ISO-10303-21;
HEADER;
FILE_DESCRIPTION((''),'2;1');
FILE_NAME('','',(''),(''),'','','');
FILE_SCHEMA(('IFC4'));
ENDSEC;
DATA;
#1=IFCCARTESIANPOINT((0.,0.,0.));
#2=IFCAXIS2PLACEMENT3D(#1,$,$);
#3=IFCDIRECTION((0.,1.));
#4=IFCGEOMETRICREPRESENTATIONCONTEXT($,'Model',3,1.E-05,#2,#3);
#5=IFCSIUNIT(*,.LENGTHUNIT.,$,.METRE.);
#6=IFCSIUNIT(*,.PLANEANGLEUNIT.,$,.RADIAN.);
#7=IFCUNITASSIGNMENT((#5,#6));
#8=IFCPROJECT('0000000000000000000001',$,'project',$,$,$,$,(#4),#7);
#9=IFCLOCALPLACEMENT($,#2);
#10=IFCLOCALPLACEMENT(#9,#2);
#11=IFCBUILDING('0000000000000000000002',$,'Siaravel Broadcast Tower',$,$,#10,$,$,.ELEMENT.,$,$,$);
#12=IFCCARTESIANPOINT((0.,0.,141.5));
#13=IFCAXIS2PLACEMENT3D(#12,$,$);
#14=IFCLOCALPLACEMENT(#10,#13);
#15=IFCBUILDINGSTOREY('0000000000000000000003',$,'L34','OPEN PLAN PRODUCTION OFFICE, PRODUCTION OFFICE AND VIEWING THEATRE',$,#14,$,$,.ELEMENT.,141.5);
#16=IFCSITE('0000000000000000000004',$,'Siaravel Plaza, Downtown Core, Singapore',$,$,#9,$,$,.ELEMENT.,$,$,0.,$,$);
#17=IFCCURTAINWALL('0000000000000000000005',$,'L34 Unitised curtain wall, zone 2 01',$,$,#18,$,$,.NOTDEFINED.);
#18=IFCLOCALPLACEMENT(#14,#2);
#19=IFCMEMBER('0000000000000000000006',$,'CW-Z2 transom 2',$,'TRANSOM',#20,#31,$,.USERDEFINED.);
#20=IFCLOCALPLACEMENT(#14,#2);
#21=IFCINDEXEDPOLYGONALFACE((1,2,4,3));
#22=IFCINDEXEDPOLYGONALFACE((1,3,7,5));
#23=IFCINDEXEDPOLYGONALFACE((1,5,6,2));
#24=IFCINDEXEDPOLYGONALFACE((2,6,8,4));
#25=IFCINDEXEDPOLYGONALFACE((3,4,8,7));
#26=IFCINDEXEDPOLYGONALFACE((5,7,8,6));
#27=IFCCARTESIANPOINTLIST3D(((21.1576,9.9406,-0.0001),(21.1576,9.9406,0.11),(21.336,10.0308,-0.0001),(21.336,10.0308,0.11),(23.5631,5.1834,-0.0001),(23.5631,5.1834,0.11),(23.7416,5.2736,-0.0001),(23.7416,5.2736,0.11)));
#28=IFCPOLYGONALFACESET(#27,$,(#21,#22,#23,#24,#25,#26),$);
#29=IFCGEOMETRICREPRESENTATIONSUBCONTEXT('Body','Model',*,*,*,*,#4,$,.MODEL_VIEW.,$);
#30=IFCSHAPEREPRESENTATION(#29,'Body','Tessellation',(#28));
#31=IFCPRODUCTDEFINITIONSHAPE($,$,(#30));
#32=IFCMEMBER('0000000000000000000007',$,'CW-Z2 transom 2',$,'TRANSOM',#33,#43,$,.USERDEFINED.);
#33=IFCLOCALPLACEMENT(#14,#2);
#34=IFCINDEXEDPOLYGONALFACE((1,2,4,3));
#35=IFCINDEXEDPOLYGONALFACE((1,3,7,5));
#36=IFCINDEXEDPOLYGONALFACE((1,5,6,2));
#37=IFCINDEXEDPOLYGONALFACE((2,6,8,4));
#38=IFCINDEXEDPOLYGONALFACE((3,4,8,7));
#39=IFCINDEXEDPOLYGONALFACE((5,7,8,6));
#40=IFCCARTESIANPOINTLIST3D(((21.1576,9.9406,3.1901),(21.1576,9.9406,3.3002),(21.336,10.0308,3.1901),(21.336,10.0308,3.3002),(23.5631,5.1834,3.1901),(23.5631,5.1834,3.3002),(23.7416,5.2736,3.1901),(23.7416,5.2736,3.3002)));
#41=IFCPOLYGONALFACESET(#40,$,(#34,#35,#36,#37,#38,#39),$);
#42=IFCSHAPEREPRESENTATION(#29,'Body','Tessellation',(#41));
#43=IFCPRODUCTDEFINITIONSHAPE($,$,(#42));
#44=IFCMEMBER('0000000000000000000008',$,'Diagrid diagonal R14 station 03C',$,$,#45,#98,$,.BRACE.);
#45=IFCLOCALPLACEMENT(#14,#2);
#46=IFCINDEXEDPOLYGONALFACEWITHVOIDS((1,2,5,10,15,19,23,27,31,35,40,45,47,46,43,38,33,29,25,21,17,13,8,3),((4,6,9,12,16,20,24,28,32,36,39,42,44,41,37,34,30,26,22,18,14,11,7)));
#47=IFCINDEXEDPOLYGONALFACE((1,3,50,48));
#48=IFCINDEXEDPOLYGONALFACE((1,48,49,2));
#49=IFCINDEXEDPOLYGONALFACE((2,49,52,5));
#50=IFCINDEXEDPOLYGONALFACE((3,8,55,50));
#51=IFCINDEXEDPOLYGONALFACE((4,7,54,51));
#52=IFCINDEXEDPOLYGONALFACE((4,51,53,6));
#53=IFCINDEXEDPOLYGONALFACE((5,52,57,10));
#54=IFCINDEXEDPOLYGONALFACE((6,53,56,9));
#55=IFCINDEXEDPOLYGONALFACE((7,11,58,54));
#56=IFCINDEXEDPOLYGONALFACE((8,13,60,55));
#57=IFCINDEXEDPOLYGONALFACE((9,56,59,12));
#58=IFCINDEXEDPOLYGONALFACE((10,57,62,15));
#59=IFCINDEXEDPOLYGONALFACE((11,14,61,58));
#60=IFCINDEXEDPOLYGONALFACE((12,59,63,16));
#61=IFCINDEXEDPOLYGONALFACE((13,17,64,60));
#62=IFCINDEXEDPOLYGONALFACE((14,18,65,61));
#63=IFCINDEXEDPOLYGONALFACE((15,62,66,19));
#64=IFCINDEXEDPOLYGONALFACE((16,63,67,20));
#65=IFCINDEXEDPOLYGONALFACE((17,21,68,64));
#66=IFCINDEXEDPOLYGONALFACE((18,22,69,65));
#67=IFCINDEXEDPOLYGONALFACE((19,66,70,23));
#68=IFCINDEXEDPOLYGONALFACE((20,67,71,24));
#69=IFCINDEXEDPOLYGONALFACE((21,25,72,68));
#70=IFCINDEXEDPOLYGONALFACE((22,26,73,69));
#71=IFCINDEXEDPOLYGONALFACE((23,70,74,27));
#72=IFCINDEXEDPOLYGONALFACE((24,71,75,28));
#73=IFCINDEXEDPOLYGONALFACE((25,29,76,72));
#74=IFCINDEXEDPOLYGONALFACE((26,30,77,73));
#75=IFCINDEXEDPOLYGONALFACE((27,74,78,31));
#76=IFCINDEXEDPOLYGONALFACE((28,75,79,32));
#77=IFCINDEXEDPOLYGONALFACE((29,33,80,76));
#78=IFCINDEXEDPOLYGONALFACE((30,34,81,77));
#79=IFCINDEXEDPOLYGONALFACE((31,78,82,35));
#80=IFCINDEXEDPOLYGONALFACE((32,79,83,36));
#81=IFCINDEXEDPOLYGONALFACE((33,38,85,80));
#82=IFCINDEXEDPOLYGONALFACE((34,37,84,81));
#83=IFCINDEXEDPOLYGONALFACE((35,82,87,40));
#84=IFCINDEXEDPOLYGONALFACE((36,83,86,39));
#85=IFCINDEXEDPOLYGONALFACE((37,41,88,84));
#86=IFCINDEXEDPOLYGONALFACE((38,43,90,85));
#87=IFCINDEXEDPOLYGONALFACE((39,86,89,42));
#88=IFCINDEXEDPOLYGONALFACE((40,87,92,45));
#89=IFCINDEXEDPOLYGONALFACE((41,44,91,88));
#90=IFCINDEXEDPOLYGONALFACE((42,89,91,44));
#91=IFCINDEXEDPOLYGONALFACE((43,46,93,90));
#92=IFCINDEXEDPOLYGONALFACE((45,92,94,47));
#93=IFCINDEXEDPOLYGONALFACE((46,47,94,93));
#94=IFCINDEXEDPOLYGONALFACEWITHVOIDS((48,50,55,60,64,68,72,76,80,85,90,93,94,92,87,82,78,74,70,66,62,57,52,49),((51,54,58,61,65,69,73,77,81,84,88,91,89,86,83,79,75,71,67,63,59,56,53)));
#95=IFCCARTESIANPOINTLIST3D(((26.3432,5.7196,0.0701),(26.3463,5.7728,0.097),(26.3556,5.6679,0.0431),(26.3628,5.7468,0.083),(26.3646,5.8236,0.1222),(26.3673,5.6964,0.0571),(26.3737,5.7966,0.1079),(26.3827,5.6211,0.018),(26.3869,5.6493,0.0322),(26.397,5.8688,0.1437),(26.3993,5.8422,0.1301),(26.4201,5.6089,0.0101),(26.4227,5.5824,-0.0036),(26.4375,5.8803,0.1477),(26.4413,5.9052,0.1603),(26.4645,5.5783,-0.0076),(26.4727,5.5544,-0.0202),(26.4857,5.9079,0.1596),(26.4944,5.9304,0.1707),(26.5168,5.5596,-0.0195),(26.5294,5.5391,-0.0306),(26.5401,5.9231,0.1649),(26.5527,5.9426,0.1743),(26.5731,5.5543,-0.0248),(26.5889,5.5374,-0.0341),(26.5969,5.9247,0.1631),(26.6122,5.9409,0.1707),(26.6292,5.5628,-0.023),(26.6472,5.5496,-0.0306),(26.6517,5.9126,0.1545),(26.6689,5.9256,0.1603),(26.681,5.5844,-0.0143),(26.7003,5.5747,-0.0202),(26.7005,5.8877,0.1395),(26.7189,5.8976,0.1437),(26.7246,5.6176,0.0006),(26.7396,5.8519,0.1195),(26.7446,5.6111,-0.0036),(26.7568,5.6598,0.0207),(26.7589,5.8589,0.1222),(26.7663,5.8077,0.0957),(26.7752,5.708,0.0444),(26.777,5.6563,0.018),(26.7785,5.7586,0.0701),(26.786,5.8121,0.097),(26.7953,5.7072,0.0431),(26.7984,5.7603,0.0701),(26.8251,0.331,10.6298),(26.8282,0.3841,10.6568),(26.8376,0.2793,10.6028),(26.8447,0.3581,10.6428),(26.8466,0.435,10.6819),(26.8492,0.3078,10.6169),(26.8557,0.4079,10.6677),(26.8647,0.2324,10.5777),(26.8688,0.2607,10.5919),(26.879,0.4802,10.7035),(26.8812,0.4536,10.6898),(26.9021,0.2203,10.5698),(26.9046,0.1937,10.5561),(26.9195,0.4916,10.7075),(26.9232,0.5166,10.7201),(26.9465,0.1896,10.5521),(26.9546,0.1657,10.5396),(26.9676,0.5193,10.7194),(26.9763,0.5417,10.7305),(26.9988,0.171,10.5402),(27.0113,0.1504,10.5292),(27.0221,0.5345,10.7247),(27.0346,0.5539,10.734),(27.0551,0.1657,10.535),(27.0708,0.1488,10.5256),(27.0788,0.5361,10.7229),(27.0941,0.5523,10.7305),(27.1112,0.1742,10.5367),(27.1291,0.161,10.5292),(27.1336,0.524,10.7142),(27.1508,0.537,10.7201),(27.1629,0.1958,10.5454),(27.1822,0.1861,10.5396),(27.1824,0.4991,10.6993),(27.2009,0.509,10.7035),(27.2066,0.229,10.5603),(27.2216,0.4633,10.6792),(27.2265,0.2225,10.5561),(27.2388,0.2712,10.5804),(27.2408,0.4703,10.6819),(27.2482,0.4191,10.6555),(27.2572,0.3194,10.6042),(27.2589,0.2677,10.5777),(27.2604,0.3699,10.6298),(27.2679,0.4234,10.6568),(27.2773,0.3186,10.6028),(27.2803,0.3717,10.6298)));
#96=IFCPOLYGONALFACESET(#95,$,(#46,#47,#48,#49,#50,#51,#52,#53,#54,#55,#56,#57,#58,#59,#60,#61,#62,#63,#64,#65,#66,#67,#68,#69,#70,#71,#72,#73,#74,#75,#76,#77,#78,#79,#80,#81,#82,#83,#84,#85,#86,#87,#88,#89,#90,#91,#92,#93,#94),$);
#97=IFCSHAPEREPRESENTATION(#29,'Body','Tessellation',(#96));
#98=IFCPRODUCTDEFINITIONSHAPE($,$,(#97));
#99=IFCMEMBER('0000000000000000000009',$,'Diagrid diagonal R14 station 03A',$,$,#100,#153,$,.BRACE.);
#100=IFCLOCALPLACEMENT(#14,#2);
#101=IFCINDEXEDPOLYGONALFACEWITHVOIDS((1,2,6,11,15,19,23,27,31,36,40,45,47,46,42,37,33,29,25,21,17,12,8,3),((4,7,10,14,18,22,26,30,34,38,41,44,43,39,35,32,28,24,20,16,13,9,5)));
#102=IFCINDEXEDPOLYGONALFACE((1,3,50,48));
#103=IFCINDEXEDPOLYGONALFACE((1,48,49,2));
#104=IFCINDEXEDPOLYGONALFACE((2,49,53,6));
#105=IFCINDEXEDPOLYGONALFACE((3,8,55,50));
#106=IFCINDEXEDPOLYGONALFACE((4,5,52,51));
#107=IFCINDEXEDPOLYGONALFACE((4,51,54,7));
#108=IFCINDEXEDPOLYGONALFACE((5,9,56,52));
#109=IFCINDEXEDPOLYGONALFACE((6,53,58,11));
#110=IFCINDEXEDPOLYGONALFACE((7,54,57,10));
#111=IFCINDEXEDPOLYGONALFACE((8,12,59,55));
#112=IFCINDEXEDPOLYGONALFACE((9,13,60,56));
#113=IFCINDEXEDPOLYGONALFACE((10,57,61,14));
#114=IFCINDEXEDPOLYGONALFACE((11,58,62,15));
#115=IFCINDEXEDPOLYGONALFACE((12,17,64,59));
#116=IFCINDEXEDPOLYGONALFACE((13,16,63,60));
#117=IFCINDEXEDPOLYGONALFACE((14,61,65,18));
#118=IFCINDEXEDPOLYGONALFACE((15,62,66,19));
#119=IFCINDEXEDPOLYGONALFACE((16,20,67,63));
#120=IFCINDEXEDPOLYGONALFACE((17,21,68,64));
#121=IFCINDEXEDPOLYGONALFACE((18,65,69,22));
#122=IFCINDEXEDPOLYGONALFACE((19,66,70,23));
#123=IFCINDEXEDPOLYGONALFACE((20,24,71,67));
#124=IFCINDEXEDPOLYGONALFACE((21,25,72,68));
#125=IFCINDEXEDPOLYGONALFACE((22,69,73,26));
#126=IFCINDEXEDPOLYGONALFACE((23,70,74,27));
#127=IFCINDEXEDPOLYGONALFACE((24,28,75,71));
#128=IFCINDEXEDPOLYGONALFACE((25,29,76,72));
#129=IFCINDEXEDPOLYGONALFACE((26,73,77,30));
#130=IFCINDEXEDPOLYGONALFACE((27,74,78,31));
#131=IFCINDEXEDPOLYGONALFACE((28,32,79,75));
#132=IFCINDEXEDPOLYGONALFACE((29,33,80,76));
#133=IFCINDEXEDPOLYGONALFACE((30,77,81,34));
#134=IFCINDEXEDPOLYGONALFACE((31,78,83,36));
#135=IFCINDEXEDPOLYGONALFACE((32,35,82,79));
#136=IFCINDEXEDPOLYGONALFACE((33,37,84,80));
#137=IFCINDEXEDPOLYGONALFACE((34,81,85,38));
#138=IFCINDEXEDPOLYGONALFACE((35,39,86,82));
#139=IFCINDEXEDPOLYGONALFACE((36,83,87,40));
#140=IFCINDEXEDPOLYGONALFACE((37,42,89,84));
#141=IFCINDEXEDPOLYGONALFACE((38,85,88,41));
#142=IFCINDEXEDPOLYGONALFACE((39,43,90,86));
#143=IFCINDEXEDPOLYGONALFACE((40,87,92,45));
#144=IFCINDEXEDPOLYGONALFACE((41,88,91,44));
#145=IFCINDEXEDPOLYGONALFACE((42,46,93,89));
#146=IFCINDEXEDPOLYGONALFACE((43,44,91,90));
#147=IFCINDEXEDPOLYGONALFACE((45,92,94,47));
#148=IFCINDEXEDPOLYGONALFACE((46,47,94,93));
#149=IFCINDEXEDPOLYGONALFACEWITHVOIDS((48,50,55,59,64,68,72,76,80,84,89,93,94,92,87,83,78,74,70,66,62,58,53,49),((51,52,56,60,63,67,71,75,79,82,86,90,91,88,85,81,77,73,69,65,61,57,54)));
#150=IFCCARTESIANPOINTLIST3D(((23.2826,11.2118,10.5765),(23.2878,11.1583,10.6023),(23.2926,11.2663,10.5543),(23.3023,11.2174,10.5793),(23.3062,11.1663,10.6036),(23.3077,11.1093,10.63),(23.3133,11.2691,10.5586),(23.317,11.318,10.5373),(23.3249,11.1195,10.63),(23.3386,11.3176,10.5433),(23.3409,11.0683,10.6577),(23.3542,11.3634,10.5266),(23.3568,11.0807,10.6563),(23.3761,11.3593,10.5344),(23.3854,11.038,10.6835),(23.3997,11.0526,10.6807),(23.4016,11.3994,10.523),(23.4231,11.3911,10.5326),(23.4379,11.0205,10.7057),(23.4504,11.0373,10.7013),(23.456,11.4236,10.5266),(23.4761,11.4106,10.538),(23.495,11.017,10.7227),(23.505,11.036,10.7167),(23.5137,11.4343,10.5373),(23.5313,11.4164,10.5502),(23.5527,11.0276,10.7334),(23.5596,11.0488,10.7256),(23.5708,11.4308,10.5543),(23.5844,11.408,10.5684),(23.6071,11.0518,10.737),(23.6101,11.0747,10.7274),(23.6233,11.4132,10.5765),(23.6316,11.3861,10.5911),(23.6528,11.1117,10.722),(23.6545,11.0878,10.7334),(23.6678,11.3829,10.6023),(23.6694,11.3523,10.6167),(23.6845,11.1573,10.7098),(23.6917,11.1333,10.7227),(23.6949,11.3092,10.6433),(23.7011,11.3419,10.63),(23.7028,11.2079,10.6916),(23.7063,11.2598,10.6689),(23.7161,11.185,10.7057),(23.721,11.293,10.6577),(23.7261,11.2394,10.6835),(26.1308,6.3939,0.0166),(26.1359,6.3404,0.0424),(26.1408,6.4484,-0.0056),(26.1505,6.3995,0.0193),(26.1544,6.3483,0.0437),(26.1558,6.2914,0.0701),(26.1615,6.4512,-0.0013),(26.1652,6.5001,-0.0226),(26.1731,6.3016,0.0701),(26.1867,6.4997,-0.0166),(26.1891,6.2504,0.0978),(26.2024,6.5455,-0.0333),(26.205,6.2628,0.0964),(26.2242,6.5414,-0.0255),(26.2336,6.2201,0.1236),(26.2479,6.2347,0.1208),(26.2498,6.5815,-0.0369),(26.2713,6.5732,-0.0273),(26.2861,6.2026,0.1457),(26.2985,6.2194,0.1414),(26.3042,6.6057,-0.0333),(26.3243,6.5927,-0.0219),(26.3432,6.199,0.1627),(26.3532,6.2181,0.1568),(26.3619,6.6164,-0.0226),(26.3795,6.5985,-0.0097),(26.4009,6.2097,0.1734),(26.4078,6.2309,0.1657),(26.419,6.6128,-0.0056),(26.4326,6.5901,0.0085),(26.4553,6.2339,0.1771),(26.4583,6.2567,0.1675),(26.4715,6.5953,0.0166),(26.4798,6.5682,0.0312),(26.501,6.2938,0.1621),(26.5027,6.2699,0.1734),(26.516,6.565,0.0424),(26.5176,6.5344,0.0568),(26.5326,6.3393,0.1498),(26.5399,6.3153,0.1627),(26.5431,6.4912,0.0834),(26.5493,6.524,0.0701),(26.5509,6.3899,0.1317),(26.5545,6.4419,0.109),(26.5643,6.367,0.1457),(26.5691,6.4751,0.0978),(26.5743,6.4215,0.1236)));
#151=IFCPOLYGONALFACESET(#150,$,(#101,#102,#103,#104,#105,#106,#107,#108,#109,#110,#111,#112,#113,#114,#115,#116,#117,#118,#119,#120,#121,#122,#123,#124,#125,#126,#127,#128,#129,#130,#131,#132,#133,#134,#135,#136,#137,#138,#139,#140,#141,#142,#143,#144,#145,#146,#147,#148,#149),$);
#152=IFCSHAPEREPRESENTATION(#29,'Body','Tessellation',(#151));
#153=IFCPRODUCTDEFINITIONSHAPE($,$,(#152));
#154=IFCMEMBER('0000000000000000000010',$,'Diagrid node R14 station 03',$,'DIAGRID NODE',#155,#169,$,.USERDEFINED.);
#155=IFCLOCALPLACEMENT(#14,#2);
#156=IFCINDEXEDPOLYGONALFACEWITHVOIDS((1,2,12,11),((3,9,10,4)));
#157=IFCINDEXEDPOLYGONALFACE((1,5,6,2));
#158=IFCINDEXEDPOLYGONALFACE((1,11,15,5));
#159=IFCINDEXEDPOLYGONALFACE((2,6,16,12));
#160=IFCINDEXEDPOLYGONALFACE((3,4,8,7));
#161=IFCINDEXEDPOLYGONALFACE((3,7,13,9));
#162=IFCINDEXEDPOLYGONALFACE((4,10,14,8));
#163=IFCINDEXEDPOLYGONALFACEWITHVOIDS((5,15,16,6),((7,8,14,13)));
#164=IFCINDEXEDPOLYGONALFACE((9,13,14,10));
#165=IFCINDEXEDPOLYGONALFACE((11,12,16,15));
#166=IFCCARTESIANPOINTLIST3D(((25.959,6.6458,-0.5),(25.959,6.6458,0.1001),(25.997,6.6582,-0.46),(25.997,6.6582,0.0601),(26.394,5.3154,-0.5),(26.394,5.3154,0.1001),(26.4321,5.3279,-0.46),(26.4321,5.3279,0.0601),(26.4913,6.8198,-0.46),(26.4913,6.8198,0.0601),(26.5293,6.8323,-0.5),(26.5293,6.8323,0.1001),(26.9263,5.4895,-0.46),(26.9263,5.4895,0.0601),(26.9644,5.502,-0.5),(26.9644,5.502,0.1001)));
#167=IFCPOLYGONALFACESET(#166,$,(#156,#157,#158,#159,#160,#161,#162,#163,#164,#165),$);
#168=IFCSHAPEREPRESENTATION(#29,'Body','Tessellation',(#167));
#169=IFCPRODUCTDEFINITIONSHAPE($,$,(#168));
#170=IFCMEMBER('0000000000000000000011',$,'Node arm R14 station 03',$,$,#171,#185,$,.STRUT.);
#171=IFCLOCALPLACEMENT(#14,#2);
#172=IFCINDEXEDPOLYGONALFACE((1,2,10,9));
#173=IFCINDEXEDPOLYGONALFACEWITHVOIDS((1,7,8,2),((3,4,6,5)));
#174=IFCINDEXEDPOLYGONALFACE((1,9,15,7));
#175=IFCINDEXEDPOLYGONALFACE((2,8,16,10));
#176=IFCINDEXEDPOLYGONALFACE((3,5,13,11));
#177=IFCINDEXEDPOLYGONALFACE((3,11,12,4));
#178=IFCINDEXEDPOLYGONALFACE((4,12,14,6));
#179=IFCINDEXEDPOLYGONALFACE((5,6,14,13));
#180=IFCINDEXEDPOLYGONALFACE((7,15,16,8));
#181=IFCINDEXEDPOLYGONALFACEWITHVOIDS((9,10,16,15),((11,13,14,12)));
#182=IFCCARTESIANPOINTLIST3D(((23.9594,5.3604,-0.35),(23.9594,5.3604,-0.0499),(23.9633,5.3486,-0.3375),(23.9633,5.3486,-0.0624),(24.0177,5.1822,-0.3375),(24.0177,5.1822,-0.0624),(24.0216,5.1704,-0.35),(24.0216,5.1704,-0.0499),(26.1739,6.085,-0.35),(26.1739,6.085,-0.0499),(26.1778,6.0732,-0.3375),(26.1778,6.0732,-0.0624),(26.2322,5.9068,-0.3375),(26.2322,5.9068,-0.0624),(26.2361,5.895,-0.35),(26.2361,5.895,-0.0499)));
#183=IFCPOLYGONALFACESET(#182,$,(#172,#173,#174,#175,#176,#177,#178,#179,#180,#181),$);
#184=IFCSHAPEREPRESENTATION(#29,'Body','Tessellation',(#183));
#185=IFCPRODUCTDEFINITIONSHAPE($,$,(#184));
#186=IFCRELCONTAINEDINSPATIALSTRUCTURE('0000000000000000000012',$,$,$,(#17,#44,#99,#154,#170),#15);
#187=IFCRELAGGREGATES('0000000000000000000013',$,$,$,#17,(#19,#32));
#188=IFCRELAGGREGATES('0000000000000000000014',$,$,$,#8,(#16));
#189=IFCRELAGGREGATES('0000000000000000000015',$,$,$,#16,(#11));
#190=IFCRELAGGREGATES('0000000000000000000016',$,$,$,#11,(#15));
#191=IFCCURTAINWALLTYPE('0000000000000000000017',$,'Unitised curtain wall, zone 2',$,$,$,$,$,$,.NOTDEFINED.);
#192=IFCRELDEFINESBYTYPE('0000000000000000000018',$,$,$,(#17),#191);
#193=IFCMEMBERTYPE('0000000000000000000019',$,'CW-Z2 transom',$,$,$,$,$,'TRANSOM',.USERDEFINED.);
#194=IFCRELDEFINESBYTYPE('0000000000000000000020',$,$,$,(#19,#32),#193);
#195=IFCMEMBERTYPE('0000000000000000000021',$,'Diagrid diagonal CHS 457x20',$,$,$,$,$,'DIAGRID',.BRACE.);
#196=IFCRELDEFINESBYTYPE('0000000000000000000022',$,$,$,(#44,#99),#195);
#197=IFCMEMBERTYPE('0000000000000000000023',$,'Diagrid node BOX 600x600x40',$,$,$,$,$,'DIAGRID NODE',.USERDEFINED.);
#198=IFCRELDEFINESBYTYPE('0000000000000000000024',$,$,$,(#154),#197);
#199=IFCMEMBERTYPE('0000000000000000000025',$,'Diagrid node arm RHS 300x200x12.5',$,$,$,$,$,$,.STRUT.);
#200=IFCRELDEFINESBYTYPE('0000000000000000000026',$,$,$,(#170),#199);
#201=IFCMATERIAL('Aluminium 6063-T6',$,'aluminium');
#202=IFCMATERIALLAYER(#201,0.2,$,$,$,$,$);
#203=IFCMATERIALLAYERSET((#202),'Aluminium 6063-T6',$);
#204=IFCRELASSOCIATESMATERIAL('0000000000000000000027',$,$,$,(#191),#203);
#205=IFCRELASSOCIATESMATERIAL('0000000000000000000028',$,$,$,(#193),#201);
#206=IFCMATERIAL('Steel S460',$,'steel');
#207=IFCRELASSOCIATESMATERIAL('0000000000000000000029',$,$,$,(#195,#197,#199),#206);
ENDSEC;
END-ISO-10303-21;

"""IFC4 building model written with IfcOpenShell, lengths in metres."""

from ifc_helpers import new_model, si_unit, direction, frame, origin, origin_2d, place, context, subcontext, project, spatial, rectangle, hollow_rectangle, hollow_circle, extrude, material, layer, layer_set, material_profile, profile_set, type_object, element, aggregate, save


model = new_model("IFC4")

# Units and contexts
model_context = context("Model", 3, precision=1e-05, world=origin(), true_north=direction((0.0, 1.0)))
body_context = subcontext(model_context, "Body", "Model", "MODEL_VIEW")
ifc_project = project(units=[si_unit("LENGTHUNIT", "METRE"), si_unit("PLANEANGLEUNIT", "RADIAN")], contexts=[model_context])

# Site, building, storey
site_placement = place(None, origin())
site = spatial("IfcSite", under=ifc_project, at=site_placement, Name="Siaravel Plaza, Downtown Core, Singapore", CompositionType="ELEMENT", RefElevation=0.0)
building_placement = place(site_placement, origin())
building = spatial("IfcBuilding", under=site, at=building_placement, Name="Siaravel Broadcast Tower", CompositionType="ELEMENT")
storey_placement = place(building_placement, frame((0.0, 0.0, 141.5)))
storey = spatial("IfcBuildingStorey", under=building, at=storey_placement, Name="L34", Description="OPEN PLAN PRODUCTION OFFICE, PRODUCTION OFFICE AND VIEWING THEATRE", CompositionType="ELEMENT", Elevation=141.5)

# Curtain wall, members
ifc_material_1 = material(Name="Aluminium 6063-T6", Category="aluminium")
ifc_layer_1 = layer(ifc_material_1, 0.2)
ifc_layer_set_1 = layer_set([ifc_layer_1], Name="Aluminium 6063-T6")
curtain_wall_type = type_object("IfcCurtainWallType", Name="Unitised curtain wall, zone 2", PredefinedType="NOTDEFINED", material=ifc_layer_set_1)
curtain_wall_placement = place(storey_placement, origin())
curtain_wall = element("IfcCurtainWall", 1, at=curtain_wall_placement, inside=storey, type_object=curtain_wall_type, Name="L34 Unitised curtain wall, zone 2 01", PredefinedType="NOTDEFINED")
ifc_material_profile_1 = material_profile(ifc_material_1, rectangle(XDim=0.2, YDim=0.1101, at=origin_2d()))
ifc_profile_set_1 = profile_set([ifc_material_profile_1], Name="Aluminium 6063-T6")
member_type_1 = type_object("IfcMemberType", Name="CW-Z2 transom", ElementType="TRANSOM", PredefinedType="USERDEFINED", material=ifc_profile_set_1)
member_1_placement = place(storey_placement, frame((23.6523, 5.2285, 0.0549), z_axis=(-0.451258, 0.892394, 0.0), x_axis=(-0.892394, -0.451258, 0.0)))
member_1 = element("IfcMember", 2, at=member_1_placement, type_object=member_type_1, Name="CW-Z2 transom 2", ObjectType="TRANSOM", PredefinedType="USERDEFINED", context=body_context, shape_type="SweptSolid", body=[
    extrude(rectangle(XDim=0.2, YDim=0.1101, at=origin_2d()), origin(), (0.0, 0.0, 1.0), 5.3308),
])
member_2_placement = place(storey_placement, frame((23.6523, 5.2285, 3.2451), z_axis=(-0.451258, 0.892394, 0.0), x_axis=(-0.892394, -0.451258, 0.0)))
member_2 = element("IfcMember", 3, at=member_2_placement, type_object=member_type_1, Name="CW-Z2 transom 2", ObjectType="TRANSOM", PredefinedType="USERDEFINED", context=body_context, shape_type="SweptSolid", body=[
    extrude(rectangle(XDim=0.2, YDim=0.1101, at=origin_2d()), origin(), (0.0, 0.0, 1.0), 5.3308),
])

# Members
ifc_material_2 = material(Name="Steel S460", Category="steel")
ifc_material_profile_2 = material_profile(ifc_material_2, hollow_circle(Radius=0.2285, WallThickness=0.02, at=origin_2d()))
ifc_profile_set_2 = profile_set([ifc_material_profile_2], Name="Steel S460")
member_type_2 = type_object("IfcMemberType", Name="Diagrid diagonal CHS 457x20", ElementType="DIAGRID", PredefinedType="BRACE", material=ifc_profile_set_2)
member_3_placement = place(storey_placement, frame((26.5708, 5.74, 0.0701), z_axis=(0.040618, -0.454163, 0.889992), x_axis=(0.996025, 0.089079, 0.0)))
element("IfcMember", 4, at=member_3_placement, inside=storey, type_object=member_type_2, Name="Diagrid diagonal R14 station 03C", PredefinedType="BRACE", context=body_context, shape_type="SweptSolid", body=[
    extrude(hollow_circle(Radius=0.2285, WallThickness=0.02, at=origin_2d()), origin(), (0.0, 0.0, 1.0), 11.865),
])
member_4_placement = place(storey_placement, frame((26.3525, 6.4077, 0.0701), z_axis=(-0.238313, 0.403125, 0.883571), x_axis=(-0.860831, -0.508891, 0.0)))
element("IfcMember", 5, at=member_4_placement, inside=storey, type_object=member_type_2, Name="Diagrid diagonal R14 station 03A", PredefinedType="BRACE", context=body_context, shape_type="SweptSolid", body=[
    extrude(hollow_circle(Radius=0.2285, WallThickness=0.02, at=origin_2d()), origin(), (0.0, 0.0, 1.0), 11.9514),
])
ifc_material_profile_3 = material_profile(ifc_material_2, hollow_rectangle(XDim=0.6001, YDim=0.6001, WallThickness=0.04, at=origin_2d()))
ifc_profile_set_3 = profile_set([ifc_material_profile_3], Name="Steel S460")
member_type_3 = type_object("IfcMemberType", Name="Diagrid node BOX 600x600x40", ElementType="DIAGRID NODE", PredefinedType="USERDEFINED", material=ifc_profile_set_3)
member_5_placement = place(storey_placement, frame((26.6792, 5.4087, -0.2), z_axis=(-0.310833, 0.950465, 0.0), x_axis=(-0.950465, -0.310833, 0.0)))
element("IfcMember", 6, at=member_5_placement, inside=storey, type_object=member_type_3, Name="Diagrid node R14 station 03", ObjectType="DIAGRID NODE", PredefinedType="USERDEFINED", context=body_context, shape_type="SweptSolid", body=[
    extrude(hollow_rectangle(XDim=0.6001, YDim=0.6001, WallThickness=0.04, at=origin_2d()), origin(), (0.0, 0.0, 1.0), 1.3997),
])
ifc_material_profile_4 = material_profile(ifc_material_2, hollow_rectangle(XDim=0.2, YDim=0.3, WallThickness=0.0125, at=origin_2d()))
ifc_profile_set_4 = profile_set([ifc_material_profile_4], Name="Steel S460")
member_type_4 = type_object("IfcMemberType", Name="Diagrid node arm RHS 300x200x12.5", PredefinedType="STRUT", material=ifc_profile_set_4)
member_6_placement = place(storey_placement, frame((23.9905, 5.2654, -0.2), z_axis=(0.950419, 0.310974, 0.0), x_axis=(-0.310974, 0.950419, 0.0)))
element("IfcMember", 7, at=member_6_placement, inside=storey, type_object=member_type_4, Name="Node arm R14 station 03", PredefinedType="STRUT", context=body_context, shape_type="SweptSolid", body=[
    extrude(hollow_rectangle(XDim=0.2, YDim=0.3, WallThickness=0.0125, at=origin_2d()), origin(), (0.0, 0.0, 1.0), 2.3301),
])

aggregate(curtain_wall, [member_1, member_2])

save(model, "model.ifc")
